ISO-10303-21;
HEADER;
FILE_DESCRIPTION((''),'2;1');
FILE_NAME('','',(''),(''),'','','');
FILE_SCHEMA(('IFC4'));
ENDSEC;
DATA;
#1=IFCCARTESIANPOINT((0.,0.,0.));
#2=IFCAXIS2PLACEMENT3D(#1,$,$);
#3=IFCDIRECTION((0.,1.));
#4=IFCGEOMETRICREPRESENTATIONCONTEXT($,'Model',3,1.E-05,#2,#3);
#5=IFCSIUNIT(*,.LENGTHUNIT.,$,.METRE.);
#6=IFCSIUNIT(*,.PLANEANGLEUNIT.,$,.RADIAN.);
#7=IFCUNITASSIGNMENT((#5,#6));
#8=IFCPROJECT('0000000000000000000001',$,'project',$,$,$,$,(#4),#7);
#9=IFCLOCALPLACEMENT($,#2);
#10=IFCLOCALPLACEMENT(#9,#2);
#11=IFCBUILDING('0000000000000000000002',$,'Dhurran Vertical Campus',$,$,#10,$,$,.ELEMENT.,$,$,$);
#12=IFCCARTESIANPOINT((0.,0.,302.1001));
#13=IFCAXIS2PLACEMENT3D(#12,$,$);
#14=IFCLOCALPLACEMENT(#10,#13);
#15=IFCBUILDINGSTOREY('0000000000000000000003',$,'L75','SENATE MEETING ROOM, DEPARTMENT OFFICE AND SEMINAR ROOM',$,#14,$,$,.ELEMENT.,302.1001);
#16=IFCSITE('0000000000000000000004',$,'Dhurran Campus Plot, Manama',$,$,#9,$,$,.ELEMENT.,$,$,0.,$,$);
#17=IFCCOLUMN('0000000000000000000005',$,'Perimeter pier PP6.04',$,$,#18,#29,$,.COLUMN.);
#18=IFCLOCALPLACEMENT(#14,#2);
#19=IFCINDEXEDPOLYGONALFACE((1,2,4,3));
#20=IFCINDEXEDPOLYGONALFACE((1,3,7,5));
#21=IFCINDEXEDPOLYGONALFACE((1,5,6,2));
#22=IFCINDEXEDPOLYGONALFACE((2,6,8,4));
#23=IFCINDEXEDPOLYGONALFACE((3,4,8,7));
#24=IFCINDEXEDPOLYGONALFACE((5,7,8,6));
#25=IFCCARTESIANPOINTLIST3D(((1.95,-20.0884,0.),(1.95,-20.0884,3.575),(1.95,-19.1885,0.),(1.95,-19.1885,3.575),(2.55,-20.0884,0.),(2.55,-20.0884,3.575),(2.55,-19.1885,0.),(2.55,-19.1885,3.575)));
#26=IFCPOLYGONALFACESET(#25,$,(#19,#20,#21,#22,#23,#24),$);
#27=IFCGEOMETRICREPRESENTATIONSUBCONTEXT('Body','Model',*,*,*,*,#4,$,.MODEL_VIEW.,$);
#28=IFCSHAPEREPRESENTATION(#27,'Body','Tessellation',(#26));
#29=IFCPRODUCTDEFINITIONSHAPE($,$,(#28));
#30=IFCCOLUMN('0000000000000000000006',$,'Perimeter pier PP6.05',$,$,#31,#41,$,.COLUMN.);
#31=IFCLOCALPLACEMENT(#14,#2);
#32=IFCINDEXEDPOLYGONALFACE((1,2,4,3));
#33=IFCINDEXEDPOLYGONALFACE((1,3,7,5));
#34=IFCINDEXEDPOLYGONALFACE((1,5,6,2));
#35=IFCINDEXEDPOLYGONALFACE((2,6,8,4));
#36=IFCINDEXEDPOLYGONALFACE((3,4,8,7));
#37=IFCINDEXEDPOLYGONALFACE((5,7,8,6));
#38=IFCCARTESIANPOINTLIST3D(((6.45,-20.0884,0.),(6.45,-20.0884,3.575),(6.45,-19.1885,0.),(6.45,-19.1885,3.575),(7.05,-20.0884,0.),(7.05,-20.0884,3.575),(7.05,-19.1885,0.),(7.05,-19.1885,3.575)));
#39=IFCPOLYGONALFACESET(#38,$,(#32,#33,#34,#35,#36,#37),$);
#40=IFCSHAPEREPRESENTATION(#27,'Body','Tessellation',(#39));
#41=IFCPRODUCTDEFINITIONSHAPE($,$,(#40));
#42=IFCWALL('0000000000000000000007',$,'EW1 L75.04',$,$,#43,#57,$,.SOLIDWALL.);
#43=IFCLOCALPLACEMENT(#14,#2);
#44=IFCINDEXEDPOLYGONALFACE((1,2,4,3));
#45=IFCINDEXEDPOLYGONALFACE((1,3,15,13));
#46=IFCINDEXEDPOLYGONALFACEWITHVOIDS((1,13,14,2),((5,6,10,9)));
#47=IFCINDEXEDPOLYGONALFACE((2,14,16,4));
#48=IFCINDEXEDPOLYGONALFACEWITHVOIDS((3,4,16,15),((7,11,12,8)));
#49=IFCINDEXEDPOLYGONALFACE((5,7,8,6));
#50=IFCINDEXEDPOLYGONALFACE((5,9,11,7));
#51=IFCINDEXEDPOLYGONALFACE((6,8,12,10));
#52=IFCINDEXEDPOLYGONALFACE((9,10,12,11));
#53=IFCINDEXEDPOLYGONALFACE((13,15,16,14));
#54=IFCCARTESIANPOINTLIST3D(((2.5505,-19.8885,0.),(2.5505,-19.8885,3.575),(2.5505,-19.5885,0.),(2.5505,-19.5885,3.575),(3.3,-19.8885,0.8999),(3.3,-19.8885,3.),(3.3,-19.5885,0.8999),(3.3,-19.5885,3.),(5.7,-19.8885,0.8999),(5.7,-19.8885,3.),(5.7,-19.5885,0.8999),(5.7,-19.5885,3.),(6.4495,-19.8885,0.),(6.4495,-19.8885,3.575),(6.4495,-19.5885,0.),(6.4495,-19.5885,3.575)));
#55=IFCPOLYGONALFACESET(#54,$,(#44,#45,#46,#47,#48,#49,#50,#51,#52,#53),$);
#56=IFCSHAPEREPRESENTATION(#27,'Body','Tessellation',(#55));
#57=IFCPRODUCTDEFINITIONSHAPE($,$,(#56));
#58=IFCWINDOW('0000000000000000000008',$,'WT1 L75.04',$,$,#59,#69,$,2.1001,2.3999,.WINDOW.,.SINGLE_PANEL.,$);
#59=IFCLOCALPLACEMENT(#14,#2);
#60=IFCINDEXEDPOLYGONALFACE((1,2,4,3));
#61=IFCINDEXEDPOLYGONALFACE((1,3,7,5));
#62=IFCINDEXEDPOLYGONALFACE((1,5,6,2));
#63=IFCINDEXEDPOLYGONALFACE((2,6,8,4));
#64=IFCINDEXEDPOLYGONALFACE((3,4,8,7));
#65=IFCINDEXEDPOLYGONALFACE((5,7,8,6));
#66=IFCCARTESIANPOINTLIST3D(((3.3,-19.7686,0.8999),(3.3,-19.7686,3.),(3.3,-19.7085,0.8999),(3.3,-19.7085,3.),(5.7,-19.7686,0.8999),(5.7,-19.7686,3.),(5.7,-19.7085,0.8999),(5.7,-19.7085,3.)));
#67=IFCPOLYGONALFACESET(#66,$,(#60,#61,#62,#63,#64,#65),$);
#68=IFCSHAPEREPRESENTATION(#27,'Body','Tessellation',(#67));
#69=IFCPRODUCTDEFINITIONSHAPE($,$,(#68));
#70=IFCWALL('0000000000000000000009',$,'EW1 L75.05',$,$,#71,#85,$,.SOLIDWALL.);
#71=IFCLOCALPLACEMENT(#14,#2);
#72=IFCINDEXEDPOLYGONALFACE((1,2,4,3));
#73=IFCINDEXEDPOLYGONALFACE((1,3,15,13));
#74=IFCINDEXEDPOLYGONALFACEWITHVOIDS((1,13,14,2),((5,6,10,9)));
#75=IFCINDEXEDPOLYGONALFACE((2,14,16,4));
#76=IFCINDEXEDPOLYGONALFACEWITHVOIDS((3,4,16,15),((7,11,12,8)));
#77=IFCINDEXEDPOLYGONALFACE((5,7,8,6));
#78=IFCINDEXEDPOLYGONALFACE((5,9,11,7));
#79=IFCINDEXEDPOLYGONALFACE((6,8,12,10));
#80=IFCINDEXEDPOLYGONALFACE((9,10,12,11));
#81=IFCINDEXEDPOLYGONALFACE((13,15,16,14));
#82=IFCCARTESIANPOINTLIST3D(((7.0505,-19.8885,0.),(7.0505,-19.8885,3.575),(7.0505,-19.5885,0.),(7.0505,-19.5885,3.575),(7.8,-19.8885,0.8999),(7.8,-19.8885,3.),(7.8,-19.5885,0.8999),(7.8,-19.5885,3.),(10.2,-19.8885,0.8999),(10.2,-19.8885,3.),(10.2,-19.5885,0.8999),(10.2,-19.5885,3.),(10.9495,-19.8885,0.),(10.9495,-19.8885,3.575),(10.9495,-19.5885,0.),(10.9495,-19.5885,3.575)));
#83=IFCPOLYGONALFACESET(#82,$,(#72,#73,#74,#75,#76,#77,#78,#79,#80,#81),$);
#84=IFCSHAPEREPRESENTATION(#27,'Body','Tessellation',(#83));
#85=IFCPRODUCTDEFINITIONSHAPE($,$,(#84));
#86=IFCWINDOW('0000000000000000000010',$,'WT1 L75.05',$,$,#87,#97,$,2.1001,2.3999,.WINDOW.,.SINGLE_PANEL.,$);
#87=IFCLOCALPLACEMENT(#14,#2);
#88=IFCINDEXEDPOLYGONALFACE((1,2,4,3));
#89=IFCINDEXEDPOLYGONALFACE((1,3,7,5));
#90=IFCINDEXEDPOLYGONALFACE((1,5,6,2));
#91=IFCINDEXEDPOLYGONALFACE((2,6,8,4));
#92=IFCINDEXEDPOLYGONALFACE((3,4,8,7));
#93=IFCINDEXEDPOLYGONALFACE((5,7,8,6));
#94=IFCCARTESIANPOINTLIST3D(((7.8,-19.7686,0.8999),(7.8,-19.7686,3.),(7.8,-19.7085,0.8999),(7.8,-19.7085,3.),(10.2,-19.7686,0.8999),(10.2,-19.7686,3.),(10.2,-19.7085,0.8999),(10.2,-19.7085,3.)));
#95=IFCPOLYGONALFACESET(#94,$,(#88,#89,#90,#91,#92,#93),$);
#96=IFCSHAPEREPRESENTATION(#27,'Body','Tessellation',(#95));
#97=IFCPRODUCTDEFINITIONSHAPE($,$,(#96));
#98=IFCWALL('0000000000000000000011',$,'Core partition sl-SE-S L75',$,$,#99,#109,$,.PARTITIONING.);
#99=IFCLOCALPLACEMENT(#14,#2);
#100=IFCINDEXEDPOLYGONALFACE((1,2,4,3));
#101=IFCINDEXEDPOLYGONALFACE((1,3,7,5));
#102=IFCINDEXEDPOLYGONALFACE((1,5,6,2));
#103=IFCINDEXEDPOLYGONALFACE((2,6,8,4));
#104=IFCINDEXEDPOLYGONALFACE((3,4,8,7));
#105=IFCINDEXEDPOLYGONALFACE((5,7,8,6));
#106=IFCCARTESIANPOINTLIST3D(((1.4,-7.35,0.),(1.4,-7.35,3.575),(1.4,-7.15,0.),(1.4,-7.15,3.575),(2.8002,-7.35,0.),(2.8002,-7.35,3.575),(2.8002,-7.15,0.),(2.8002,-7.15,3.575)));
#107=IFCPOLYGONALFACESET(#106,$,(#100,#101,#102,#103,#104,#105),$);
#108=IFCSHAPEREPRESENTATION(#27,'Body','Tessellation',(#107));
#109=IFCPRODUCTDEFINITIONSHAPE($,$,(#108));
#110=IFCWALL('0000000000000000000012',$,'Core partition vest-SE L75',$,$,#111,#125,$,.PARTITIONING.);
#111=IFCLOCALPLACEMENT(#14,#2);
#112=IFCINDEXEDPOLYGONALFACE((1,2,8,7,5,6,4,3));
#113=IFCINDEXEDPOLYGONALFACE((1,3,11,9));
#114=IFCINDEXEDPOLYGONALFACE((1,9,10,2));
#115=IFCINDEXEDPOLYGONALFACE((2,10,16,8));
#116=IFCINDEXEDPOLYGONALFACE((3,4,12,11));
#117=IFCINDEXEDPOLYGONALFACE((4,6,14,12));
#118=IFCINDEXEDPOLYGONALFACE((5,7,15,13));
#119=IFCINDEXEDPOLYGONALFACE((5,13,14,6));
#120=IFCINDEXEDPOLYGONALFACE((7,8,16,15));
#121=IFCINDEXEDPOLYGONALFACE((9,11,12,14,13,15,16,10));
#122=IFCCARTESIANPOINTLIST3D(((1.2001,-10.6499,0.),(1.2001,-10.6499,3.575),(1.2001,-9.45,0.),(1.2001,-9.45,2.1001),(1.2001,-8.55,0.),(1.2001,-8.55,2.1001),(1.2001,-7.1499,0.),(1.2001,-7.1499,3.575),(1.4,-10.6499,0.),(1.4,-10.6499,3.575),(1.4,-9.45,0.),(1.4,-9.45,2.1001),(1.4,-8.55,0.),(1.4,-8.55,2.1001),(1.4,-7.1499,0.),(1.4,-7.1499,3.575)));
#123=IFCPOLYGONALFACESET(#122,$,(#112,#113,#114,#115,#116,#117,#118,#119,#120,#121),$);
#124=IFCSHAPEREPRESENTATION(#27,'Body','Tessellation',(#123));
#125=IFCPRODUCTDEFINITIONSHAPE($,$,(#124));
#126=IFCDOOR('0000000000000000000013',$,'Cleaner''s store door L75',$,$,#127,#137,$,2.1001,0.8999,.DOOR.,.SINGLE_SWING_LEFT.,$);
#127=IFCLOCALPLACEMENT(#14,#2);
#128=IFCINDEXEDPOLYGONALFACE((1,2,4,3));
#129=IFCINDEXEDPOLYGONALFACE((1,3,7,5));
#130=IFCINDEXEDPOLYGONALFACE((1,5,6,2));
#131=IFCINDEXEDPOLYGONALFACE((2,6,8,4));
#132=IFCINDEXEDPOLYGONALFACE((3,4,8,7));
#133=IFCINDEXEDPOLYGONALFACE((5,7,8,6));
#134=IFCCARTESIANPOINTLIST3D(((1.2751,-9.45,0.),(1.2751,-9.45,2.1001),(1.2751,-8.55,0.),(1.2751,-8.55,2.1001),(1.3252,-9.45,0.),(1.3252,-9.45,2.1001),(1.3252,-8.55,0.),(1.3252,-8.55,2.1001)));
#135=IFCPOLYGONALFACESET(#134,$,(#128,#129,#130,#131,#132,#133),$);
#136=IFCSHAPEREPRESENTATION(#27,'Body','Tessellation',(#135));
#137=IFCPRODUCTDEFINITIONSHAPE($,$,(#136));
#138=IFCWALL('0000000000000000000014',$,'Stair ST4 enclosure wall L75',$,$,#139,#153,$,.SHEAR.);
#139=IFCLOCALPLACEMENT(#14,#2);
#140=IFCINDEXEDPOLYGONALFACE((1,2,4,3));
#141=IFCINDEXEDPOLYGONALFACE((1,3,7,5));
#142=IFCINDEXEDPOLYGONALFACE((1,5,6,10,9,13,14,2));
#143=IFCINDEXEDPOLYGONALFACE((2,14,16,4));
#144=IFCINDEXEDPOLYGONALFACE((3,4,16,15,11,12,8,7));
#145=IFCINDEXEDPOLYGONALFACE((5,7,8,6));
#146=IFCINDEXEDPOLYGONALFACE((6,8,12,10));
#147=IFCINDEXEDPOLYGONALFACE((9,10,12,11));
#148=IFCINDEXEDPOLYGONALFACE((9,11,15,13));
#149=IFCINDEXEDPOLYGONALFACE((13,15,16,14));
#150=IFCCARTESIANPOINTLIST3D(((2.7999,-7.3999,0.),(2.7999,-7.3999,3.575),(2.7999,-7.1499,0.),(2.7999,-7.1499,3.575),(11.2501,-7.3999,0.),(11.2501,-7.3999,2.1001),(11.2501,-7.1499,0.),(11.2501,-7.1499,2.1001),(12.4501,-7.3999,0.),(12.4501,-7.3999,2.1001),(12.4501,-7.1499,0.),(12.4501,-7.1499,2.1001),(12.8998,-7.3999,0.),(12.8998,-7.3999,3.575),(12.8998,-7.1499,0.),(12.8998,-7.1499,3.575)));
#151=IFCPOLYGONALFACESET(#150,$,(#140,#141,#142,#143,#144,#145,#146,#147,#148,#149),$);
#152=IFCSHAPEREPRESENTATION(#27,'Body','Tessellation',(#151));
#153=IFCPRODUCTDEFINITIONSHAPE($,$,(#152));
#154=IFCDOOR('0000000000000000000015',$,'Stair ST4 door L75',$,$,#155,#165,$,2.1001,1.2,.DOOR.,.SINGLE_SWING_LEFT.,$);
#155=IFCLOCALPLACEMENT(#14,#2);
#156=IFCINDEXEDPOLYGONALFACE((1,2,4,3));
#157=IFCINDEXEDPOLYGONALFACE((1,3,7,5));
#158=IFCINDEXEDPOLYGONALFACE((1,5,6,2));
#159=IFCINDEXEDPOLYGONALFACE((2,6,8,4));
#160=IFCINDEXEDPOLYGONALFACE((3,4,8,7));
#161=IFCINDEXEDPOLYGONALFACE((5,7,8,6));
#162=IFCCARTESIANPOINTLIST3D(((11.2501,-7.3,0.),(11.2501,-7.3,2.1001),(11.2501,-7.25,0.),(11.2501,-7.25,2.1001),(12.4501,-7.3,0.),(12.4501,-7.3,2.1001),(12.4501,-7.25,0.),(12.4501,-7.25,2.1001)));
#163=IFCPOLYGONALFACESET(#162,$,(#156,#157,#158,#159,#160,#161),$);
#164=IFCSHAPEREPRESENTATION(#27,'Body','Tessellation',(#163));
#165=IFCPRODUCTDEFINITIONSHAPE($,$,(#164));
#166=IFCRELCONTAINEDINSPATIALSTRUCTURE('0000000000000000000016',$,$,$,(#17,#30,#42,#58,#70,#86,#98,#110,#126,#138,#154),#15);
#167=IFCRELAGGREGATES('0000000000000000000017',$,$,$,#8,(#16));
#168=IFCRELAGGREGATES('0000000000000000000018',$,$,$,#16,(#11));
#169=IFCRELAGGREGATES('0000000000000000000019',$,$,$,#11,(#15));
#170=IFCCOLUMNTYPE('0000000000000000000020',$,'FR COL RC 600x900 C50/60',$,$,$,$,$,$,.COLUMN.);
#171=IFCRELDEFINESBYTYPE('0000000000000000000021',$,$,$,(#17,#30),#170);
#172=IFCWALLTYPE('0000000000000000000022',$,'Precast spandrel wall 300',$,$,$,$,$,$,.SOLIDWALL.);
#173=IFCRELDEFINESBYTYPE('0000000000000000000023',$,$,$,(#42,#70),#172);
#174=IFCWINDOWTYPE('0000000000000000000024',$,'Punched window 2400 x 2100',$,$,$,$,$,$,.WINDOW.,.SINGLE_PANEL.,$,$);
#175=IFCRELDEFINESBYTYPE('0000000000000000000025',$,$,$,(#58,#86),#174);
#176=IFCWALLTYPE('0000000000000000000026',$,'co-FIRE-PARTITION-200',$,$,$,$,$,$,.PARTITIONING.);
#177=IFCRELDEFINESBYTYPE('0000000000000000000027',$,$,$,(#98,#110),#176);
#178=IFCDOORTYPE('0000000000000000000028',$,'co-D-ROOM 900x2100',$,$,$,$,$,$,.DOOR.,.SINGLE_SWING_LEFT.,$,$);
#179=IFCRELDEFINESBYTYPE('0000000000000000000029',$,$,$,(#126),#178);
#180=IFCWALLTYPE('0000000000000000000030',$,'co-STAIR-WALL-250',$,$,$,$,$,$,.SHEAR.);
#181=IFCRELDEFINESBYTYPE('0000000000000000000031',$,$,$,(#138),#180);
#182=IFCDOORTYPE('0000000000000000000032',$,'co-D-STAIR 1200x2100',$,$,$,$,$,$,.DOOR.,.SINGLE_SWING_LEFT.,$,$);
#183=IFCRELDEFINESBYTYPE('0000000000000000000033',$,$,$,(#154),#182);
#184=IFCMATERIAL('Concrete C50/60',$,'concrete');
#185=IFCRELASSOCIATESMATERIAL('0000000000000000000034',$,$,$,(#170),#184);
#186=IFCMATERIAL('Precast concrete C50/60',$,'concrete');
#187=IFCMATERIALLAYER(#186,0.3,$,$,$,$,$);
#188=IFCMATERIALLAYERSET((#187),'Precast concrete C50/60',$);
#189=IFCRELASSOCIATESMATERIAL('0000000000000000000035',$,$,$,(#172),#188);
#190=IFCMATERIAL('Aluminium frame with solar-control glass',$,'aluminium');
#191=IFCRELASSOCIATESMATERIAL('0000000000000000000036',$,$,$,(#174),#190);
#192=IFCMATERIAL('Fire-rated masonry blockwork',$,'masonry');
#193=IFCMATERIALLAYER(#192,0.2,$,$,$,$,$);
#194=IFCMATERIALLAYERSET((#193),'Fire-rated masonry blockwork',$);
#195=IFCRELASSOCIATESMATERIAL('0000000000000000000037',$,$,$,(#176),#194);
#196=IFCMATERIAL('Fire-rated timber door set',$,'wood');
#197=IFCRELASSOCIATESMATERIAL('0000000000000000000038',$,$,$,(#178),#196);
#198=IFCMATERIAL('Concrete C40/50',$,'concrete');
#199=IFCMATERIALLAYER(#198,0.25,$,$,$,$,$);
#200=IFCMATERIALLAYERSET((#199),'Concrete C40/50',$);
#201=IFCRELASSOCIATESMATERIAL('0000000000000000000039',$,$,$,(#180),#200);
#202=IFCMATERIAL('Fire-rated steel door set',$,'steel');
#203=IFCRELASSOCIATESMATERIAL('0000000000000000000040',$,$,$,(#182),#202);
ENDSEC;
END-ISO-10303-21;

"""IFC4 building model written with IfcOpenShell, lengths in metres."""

from ifc_helpers import new_model, si_unit, direction, frame, frame_2d, origin, origin_2d, place, context, subcontext, project, spatial, rectangle, extrude, material, layer, layer_set, material_profile, profile_set, type_object, element, fill, save


model = new_model("IFC4")

# Units and contexts
model_context = context("Model", 3, precision=1e-05, world=origin(), true_north=direction((0.0, 1.0)))
body_context = subcontext(model_context, "Body", "Model", "MODEL_VIEW")
ifc_project = project(units=[si_unit("LENGTHUNIT", "METRE"), si_unit("PLANEANGLEUNIT", "RADIAN")], contexts=[model_context])

# Site, building, storey
site_placement = place(None, origin())
site = spatial("IfcSite", under=ifc_project, at=site_placement, Name="Dhurran Campus Plot, Manama", CompositionType="ELEMENT", RefElevation=0.0)
building_placement = place(site_placement, origin())
building = spatial("IfcBuilding", under=site, at=building_placement, Name="Dhurran Vertical Campus", CompositionType="ELEMENT")
storey_placement = place(building_placement, frame((0.0, 0.0, 302.1001)))
storey = spatial("IfcBuildingStorey", under=building, at=storey_placement, Name="L75", Description="SENATE MEETING ROOM, DEPARTMENT OFFICE AND SEMINAR ROOM", CompositionType="ELEMENT", Elevation=302.1001)

# Columns
ifc_material_1 = material(Name="Concrete C50/60", Category="concrete")
ifc_material_profile = material_profile(ifc_material_1, rectangle(XDim=0.6001, YDim=0.8999, at=origin_2d()), Name="RC 600x900")
ifc_profile_set = profile_set([ifc_material_profile], Name="Concrete C50/60")
column_type = type_object("IfcColumnType", Name="FR COL RC 600x900 C50/60", PredefinedType="COLUMN", material=ifc_profile_set)
for number, where, z_axis, x_axis, name in (
    (1, (2.25, -19.6384, 0.0), (0.0, 0.0, 1.0), (1.0, 0.0, 0.0), "Perimeter pier PP6.04"),
    (2, (6.75, -19.6384, 0.0), (0.0, 0.0, 1.0), (1.0, 0.0, 0.0), "Perimeter pier PP6.05"),
):
    element("IfcColumn", number, at=place(storey_placement, frame(where, z_axis=z_axis, x_axis=x_axis)), inside=storey, type_object=column_type, Name=name, PredefinedType="COLUMN", context=body_context, shape_type="SweptSolid", body=[
        extrude(rectangle(XDim=0.6001, YDim=0.8999, at=origin_2d()), origin(), (0.0, 0.0, 1.0), 3.575),
    ])

# Walls, openings, windows
ifc_material_2 = material(Name="Precast concrete C50/60", Category="concrete")
ifc_layer_1 = layer(ifc_material_2, 0.3)
ifc_layer_set_1 = layer_set([ifc_layer_1], Name="Precast concrete C50/60")
wall_type_1 = type_object("IfcWallType", Name="Precast spandrel wall 300", PredefinedType="SOLIDWALL", material=ifc_layer_set_1)
wall_1_placement = place(storey_placement, frame((2.5505, -19.7385, 0.0), z_axis=(0.0, 0.0, 1.0), x_axis=(1.0, 0.0, 0.0)))
wall_1 = element("IfcWall", 3, at=wall_1_placement, inside=storey, type_object=wall_type_1, Name="EW1 L75.04", PredefinedType="SOLIDWALL", context=body_context, shape_type="SweptSolid", body=[
    extrude(rectangle(XDim=3.8989, YDim=0.3, at=frame_2d((1.9495, 0.0))), origin(), (0.0, 0.0, 1.0), 3.575),
])
opening_1_placement = place(wall_1_placement, frame((0.7495, 0.0, 0.8999)))
opening_1 = element("IfcOpeningElement", 4, at=opening_1_placement, cuts=wall_1, PredefinedType="OPENING", context=body_context, shape_type="SweptSolid", body=[
    extrude(rectangle(XDim=2.3999, YDim=2.1001, at=frame_2d((1.2, 1.05))), frame((0.0, 0.1599, 0.0), z_axis=(0.0, -1.0, 0.0), x_axis=(1.0, 0.0, 0.0)), (0.0, 0.0, 1.0), 0.3201),
])
ifc_material_3 = material(Name="Aluminium frame with solar-control glass", Category="aluminium")
window_type = type_object("IfcWindowType", Name="Punched window 2400 x 2100", PartitioningType="SINGLE_PANEL", PredefinedType="WINDOW", material=ifc_material_3)
window_1_placement = place(opening_1_placement, origin())
window_1 = element("IfcWindow", 5, at=window_1_placement, inside=storey, type_object=window_type, Name="WT1 L75.04", OverallHeight=2.1001, OverallWidth=2.3999, PartitioningType="SINGLE_PANEL", PredefinedType="WINDOW", context=body_context, shape_type="SweptSolid", body=[
    extrude(rectangle(XDim=2.3999, YDim=2.1001, at=frame_2d((1.2, 1.05))), frame((0.0, 0.03, 0.0), z_axis=(0.0, -1.0, 0.0), x_axis=(1.0, 0.0, 0.0)), (0.0, 0.0, 1.0), 0.0601),
])
fill(opening_1, window_1)
wall_2_placement = place(storey_placement, frame((7.0505, -19.7385, 0.0), z_axis=(0.0, 0.0, 1.0), x_axis=(1.0, 0.0, 0.0)))
wall_2 = element("IfcWall", 6, at=wall_2_placement, inside=storey, type_object=wall_type_1, Name="EW1 L75.05", PredefinedType="SOLIDWALL", context=body_context, shape_type="SweptSolid", body=[
    extrude(rectangle(XDim=3.8989, YDim=0.3, at=frame_2d((1.9495, 0.0))), origin(), (0.0, 0.0, 1.0), 3.575),
])
opening_2_placement = place(wall_2_placement, frame((0.7495, 0.0, 0.8999)))
opening_2 = element("IfcOpeningElement", 7, at=opening_2_placement, cuts=wall_2, PredefinedType="OPENING", context=body_context, shape_type="SweptSolid", body=[
    extrude(rectangle(XDim=2.3999, YDim=2.1001, at=frame_2d((1.2, 1.05))), frame((0.0, 0.1599, 0.0), z_axis=(0.0, -1.0, 0.0), x_axis=(1.0, 0.0, 0.0)), (0.0, 0.0, 1.0), 0.3201),
])
window_2_placement = place(opening_2_placement, origin())
window_2 = element("IfcWindow", 8, at=window_2_placement, inside=storey, type_object=window_type, Name="WT1 L75.05", OverallHeight=2.1001, OverallWidth=2.3999, PartitioningType="SINGLE_PANEL", PredefinedType="WINDOW", context=body_context, shape_type="SweptSolid", body=[
    extrude(rectangle(XDim=2.3999, YDim=2.1001, at=frame_2d((1.2, 1.05))), frame((0.0, 0.03, 0.0), z_axis=(0.0, -1.0, 0.0), x_axis=(1.0, 0.0, 0.0)), (0.0, 0.0, 1.0), 0.0601),
])
fill(opening_2, window_2)

# Wall
ifc_material_4 = material(Name="Fire-rated masonry blockwork", Category="masonry")
ifc_layer_2 = layer(ifc_material_4, 0.2)
ifc_layer_set_2 = layer_set([ifc_layer_2], Name="Fire-rated masonry blockwork")
wall_type_2 = type_object("IfcWallType", Name="co-FIRE-PARTITION-200", PredefinedType="PARTITIONING", material=ifc_layer_set_2)
wall_3_placement = place(storey_placement, frame((1.3999, -7.25, 0.0), z_axis=(0.0, 0.0, 1.0), x_axis=(1.0, 0.0, 0.0)))
element("IfcWall", 9, at=wall_3_placement, inside=storey, type_object=wall_type_2, Name="Core partition sl-SE-S L75", PredefinedType="PARTITIONING", context=body_context, shape_type="SweptSolid", body=[
    extrude(rectangle(XDim=1.4001, YDim=0.2, at=frame_2d((0.7002, 0.0))), origin(), (0.0, 0.0, 1.0), 3.575),
])

# Walls, openings, doors
wall_4_placement = place(storey_placement, frame((1.3, -10.6499, 0.0), z_axis=(0.0, 0.0, 1.0), x_axis=(0.0, 1.0, 0.0)))
wall_4 = element("IfcWall", 10, at=wall_4_placement, inside=storey, type_object=wall_type_2, Name="Core partition vest-SE L75", PredefinedType="PARTITIONING", context=body_context, shape_type="SweptSolid", body=[
    extrude(rectangle(XDim=3.5, YDim=0.2, at=frame_2d((1.75, 0.0))), origin(), (0.0, 0.0, 1.0), 3.575),
])
opening_3_placement = place(wall_4_placement, frame((1.2, 0.0, 0.0)))
opening_3 = element("IfcOpeningElement", 11, at=opening_3_placement, cuts=wall_4, PredefinedType="OPENING", context=body_context, shape_type="SweptSolid", body=[
    extrude(rectangle(XDim=0.8999, YDim=2.1001, at=frame_2d((0.45, 1.05))), frame((0.0, 0.1099, 0.0), z_axis=(0.0, -1.0, 0.0), x_axis=(1.0, 0.0, 0.0)), (0.0, 0.0, 1.0), 0.22),
])
ifc_material_5 = material(Name="Fire-rated timber door set", Category="wood")
door_type_1 = type_object("IfcDoorType", Name="co-D-ROOM 900x2100", OperationType="SINGLE_SWING_LEFT", PredefinedType="DOOR", material=ifc_material_5)
door_1_placement = place(opening_3_placement, origin())
door_1 = element("IfcDoor", 12, at=door_1_placement, inside=storey, type_object=door_type_1, Name="Cleaner's store door L75", OperationType="SINGLE_SWING_LEFT", OverallHeight=2.1001, OverallWidth=0.8999, PredefinedType="DOOR", context=body_context, shape_type="SweptSolid", body=[
    extrude(rectangle(XDim=0.8999, YDim=2.1001, at=frame_2d((0.45, 1.05))), frame((0.0, 0.0249, 0.0), z_axis=(0.0, -1.0, 0.0), x_axis=(1.0, 0.0, 0.0)), (0.0, 0.0, 1.0), 0.05),
])
fill(opening_3, door_1)
ifc_material_6 = material(Name="Concrete C40/50", Category="concrete")
ifc_layer_3 = layer(ifc_material_6, 0.25)
ifc_layer_set_3 = layer_set([ifc_layer_3], Name="Concrete C40/50")
wall_type_3 = type_object("IfcWallType", Name="co-STAIR-WALL-250", PredefinedType="SHEAR", material=ifc_layer_set_3)
wall_5_placement = place(storey_placement, frame((2.8, -7.2749, 0.0), z_axis=(0.0, 0.0, 1.0), x_axis=(1.0, 0.0, 0.0)))
wall_5 = element("IfcWall", 13, at=wall_5_placement, inside=storey, type_object=wall_type_3, Name="Stair ST4 enclosure wall L75", PredefinedType="SHEAR", context=body_context, shape_type="SweptSolid", body=[
    extrude(rectangle(XDim=10.0999, YDim=0.25, at=frame_2d((5.0498, 0.0))), origin(), (0.0, 0.0, 1.0), 3.575),
])
opening_4_placement = place(wall_5_placement, frame((8.45, 0.0, 0.0)))
opening_4 = element("IfcOpeningElement", 14, at=opening_4_placement, cuts=wall_5, PredefinedType="OPENING", context=body_context, shape_type="SweptSolid", body=[
    extrude(rectangle(XDim=1.2, YDim=2.1001, at=frame_2d((0.6001, 1.05))), frame((0.0, 0.135, 0.0), z_axis=(0.0, -1.0, 0.0), x_axis=(1.0, 0.0, 0.0)), (0.0, 0.0, 1.0), 0.27),
])
ifc_material_7 = material(Name="Fire-rated steel door set", Category="steel")
door_type_2 = type_object("IfcDoorType", Name="co-D-STAIR 1200x2100", OperationType="SINGLE_SWING_LEFT", PredefinedType="DOOR", material=ifc_material_7)
door_2_placement = place(opening_4_placement, origin())
door_2 = element("IfcDoor", 15, at=door_2_placement, inside=storey, type_object=door_type_2, Name="Stair ST4 door L75", OperationType="SINGLE_SWING_LEFT", OverallHeight=2.1001, OverallWidth=1.2, PredefinedType="DOOR", context=body_context, shape_type="SweptSolid", body=[
    extrude(rectangle(XDim=1.2, YDim=2.1001, at=frame_2d((0.6001, 1.05))), frame((0.0, 0.0249, 0.0), z_axis=(0.0, -1.0, 0.0), x_axis=(1.0, 0.0, 0.0)), (0.0, 0.0, 1.0), 0.05),
])
fill(opening_4, door_2)

save(model, "model.ifc")
